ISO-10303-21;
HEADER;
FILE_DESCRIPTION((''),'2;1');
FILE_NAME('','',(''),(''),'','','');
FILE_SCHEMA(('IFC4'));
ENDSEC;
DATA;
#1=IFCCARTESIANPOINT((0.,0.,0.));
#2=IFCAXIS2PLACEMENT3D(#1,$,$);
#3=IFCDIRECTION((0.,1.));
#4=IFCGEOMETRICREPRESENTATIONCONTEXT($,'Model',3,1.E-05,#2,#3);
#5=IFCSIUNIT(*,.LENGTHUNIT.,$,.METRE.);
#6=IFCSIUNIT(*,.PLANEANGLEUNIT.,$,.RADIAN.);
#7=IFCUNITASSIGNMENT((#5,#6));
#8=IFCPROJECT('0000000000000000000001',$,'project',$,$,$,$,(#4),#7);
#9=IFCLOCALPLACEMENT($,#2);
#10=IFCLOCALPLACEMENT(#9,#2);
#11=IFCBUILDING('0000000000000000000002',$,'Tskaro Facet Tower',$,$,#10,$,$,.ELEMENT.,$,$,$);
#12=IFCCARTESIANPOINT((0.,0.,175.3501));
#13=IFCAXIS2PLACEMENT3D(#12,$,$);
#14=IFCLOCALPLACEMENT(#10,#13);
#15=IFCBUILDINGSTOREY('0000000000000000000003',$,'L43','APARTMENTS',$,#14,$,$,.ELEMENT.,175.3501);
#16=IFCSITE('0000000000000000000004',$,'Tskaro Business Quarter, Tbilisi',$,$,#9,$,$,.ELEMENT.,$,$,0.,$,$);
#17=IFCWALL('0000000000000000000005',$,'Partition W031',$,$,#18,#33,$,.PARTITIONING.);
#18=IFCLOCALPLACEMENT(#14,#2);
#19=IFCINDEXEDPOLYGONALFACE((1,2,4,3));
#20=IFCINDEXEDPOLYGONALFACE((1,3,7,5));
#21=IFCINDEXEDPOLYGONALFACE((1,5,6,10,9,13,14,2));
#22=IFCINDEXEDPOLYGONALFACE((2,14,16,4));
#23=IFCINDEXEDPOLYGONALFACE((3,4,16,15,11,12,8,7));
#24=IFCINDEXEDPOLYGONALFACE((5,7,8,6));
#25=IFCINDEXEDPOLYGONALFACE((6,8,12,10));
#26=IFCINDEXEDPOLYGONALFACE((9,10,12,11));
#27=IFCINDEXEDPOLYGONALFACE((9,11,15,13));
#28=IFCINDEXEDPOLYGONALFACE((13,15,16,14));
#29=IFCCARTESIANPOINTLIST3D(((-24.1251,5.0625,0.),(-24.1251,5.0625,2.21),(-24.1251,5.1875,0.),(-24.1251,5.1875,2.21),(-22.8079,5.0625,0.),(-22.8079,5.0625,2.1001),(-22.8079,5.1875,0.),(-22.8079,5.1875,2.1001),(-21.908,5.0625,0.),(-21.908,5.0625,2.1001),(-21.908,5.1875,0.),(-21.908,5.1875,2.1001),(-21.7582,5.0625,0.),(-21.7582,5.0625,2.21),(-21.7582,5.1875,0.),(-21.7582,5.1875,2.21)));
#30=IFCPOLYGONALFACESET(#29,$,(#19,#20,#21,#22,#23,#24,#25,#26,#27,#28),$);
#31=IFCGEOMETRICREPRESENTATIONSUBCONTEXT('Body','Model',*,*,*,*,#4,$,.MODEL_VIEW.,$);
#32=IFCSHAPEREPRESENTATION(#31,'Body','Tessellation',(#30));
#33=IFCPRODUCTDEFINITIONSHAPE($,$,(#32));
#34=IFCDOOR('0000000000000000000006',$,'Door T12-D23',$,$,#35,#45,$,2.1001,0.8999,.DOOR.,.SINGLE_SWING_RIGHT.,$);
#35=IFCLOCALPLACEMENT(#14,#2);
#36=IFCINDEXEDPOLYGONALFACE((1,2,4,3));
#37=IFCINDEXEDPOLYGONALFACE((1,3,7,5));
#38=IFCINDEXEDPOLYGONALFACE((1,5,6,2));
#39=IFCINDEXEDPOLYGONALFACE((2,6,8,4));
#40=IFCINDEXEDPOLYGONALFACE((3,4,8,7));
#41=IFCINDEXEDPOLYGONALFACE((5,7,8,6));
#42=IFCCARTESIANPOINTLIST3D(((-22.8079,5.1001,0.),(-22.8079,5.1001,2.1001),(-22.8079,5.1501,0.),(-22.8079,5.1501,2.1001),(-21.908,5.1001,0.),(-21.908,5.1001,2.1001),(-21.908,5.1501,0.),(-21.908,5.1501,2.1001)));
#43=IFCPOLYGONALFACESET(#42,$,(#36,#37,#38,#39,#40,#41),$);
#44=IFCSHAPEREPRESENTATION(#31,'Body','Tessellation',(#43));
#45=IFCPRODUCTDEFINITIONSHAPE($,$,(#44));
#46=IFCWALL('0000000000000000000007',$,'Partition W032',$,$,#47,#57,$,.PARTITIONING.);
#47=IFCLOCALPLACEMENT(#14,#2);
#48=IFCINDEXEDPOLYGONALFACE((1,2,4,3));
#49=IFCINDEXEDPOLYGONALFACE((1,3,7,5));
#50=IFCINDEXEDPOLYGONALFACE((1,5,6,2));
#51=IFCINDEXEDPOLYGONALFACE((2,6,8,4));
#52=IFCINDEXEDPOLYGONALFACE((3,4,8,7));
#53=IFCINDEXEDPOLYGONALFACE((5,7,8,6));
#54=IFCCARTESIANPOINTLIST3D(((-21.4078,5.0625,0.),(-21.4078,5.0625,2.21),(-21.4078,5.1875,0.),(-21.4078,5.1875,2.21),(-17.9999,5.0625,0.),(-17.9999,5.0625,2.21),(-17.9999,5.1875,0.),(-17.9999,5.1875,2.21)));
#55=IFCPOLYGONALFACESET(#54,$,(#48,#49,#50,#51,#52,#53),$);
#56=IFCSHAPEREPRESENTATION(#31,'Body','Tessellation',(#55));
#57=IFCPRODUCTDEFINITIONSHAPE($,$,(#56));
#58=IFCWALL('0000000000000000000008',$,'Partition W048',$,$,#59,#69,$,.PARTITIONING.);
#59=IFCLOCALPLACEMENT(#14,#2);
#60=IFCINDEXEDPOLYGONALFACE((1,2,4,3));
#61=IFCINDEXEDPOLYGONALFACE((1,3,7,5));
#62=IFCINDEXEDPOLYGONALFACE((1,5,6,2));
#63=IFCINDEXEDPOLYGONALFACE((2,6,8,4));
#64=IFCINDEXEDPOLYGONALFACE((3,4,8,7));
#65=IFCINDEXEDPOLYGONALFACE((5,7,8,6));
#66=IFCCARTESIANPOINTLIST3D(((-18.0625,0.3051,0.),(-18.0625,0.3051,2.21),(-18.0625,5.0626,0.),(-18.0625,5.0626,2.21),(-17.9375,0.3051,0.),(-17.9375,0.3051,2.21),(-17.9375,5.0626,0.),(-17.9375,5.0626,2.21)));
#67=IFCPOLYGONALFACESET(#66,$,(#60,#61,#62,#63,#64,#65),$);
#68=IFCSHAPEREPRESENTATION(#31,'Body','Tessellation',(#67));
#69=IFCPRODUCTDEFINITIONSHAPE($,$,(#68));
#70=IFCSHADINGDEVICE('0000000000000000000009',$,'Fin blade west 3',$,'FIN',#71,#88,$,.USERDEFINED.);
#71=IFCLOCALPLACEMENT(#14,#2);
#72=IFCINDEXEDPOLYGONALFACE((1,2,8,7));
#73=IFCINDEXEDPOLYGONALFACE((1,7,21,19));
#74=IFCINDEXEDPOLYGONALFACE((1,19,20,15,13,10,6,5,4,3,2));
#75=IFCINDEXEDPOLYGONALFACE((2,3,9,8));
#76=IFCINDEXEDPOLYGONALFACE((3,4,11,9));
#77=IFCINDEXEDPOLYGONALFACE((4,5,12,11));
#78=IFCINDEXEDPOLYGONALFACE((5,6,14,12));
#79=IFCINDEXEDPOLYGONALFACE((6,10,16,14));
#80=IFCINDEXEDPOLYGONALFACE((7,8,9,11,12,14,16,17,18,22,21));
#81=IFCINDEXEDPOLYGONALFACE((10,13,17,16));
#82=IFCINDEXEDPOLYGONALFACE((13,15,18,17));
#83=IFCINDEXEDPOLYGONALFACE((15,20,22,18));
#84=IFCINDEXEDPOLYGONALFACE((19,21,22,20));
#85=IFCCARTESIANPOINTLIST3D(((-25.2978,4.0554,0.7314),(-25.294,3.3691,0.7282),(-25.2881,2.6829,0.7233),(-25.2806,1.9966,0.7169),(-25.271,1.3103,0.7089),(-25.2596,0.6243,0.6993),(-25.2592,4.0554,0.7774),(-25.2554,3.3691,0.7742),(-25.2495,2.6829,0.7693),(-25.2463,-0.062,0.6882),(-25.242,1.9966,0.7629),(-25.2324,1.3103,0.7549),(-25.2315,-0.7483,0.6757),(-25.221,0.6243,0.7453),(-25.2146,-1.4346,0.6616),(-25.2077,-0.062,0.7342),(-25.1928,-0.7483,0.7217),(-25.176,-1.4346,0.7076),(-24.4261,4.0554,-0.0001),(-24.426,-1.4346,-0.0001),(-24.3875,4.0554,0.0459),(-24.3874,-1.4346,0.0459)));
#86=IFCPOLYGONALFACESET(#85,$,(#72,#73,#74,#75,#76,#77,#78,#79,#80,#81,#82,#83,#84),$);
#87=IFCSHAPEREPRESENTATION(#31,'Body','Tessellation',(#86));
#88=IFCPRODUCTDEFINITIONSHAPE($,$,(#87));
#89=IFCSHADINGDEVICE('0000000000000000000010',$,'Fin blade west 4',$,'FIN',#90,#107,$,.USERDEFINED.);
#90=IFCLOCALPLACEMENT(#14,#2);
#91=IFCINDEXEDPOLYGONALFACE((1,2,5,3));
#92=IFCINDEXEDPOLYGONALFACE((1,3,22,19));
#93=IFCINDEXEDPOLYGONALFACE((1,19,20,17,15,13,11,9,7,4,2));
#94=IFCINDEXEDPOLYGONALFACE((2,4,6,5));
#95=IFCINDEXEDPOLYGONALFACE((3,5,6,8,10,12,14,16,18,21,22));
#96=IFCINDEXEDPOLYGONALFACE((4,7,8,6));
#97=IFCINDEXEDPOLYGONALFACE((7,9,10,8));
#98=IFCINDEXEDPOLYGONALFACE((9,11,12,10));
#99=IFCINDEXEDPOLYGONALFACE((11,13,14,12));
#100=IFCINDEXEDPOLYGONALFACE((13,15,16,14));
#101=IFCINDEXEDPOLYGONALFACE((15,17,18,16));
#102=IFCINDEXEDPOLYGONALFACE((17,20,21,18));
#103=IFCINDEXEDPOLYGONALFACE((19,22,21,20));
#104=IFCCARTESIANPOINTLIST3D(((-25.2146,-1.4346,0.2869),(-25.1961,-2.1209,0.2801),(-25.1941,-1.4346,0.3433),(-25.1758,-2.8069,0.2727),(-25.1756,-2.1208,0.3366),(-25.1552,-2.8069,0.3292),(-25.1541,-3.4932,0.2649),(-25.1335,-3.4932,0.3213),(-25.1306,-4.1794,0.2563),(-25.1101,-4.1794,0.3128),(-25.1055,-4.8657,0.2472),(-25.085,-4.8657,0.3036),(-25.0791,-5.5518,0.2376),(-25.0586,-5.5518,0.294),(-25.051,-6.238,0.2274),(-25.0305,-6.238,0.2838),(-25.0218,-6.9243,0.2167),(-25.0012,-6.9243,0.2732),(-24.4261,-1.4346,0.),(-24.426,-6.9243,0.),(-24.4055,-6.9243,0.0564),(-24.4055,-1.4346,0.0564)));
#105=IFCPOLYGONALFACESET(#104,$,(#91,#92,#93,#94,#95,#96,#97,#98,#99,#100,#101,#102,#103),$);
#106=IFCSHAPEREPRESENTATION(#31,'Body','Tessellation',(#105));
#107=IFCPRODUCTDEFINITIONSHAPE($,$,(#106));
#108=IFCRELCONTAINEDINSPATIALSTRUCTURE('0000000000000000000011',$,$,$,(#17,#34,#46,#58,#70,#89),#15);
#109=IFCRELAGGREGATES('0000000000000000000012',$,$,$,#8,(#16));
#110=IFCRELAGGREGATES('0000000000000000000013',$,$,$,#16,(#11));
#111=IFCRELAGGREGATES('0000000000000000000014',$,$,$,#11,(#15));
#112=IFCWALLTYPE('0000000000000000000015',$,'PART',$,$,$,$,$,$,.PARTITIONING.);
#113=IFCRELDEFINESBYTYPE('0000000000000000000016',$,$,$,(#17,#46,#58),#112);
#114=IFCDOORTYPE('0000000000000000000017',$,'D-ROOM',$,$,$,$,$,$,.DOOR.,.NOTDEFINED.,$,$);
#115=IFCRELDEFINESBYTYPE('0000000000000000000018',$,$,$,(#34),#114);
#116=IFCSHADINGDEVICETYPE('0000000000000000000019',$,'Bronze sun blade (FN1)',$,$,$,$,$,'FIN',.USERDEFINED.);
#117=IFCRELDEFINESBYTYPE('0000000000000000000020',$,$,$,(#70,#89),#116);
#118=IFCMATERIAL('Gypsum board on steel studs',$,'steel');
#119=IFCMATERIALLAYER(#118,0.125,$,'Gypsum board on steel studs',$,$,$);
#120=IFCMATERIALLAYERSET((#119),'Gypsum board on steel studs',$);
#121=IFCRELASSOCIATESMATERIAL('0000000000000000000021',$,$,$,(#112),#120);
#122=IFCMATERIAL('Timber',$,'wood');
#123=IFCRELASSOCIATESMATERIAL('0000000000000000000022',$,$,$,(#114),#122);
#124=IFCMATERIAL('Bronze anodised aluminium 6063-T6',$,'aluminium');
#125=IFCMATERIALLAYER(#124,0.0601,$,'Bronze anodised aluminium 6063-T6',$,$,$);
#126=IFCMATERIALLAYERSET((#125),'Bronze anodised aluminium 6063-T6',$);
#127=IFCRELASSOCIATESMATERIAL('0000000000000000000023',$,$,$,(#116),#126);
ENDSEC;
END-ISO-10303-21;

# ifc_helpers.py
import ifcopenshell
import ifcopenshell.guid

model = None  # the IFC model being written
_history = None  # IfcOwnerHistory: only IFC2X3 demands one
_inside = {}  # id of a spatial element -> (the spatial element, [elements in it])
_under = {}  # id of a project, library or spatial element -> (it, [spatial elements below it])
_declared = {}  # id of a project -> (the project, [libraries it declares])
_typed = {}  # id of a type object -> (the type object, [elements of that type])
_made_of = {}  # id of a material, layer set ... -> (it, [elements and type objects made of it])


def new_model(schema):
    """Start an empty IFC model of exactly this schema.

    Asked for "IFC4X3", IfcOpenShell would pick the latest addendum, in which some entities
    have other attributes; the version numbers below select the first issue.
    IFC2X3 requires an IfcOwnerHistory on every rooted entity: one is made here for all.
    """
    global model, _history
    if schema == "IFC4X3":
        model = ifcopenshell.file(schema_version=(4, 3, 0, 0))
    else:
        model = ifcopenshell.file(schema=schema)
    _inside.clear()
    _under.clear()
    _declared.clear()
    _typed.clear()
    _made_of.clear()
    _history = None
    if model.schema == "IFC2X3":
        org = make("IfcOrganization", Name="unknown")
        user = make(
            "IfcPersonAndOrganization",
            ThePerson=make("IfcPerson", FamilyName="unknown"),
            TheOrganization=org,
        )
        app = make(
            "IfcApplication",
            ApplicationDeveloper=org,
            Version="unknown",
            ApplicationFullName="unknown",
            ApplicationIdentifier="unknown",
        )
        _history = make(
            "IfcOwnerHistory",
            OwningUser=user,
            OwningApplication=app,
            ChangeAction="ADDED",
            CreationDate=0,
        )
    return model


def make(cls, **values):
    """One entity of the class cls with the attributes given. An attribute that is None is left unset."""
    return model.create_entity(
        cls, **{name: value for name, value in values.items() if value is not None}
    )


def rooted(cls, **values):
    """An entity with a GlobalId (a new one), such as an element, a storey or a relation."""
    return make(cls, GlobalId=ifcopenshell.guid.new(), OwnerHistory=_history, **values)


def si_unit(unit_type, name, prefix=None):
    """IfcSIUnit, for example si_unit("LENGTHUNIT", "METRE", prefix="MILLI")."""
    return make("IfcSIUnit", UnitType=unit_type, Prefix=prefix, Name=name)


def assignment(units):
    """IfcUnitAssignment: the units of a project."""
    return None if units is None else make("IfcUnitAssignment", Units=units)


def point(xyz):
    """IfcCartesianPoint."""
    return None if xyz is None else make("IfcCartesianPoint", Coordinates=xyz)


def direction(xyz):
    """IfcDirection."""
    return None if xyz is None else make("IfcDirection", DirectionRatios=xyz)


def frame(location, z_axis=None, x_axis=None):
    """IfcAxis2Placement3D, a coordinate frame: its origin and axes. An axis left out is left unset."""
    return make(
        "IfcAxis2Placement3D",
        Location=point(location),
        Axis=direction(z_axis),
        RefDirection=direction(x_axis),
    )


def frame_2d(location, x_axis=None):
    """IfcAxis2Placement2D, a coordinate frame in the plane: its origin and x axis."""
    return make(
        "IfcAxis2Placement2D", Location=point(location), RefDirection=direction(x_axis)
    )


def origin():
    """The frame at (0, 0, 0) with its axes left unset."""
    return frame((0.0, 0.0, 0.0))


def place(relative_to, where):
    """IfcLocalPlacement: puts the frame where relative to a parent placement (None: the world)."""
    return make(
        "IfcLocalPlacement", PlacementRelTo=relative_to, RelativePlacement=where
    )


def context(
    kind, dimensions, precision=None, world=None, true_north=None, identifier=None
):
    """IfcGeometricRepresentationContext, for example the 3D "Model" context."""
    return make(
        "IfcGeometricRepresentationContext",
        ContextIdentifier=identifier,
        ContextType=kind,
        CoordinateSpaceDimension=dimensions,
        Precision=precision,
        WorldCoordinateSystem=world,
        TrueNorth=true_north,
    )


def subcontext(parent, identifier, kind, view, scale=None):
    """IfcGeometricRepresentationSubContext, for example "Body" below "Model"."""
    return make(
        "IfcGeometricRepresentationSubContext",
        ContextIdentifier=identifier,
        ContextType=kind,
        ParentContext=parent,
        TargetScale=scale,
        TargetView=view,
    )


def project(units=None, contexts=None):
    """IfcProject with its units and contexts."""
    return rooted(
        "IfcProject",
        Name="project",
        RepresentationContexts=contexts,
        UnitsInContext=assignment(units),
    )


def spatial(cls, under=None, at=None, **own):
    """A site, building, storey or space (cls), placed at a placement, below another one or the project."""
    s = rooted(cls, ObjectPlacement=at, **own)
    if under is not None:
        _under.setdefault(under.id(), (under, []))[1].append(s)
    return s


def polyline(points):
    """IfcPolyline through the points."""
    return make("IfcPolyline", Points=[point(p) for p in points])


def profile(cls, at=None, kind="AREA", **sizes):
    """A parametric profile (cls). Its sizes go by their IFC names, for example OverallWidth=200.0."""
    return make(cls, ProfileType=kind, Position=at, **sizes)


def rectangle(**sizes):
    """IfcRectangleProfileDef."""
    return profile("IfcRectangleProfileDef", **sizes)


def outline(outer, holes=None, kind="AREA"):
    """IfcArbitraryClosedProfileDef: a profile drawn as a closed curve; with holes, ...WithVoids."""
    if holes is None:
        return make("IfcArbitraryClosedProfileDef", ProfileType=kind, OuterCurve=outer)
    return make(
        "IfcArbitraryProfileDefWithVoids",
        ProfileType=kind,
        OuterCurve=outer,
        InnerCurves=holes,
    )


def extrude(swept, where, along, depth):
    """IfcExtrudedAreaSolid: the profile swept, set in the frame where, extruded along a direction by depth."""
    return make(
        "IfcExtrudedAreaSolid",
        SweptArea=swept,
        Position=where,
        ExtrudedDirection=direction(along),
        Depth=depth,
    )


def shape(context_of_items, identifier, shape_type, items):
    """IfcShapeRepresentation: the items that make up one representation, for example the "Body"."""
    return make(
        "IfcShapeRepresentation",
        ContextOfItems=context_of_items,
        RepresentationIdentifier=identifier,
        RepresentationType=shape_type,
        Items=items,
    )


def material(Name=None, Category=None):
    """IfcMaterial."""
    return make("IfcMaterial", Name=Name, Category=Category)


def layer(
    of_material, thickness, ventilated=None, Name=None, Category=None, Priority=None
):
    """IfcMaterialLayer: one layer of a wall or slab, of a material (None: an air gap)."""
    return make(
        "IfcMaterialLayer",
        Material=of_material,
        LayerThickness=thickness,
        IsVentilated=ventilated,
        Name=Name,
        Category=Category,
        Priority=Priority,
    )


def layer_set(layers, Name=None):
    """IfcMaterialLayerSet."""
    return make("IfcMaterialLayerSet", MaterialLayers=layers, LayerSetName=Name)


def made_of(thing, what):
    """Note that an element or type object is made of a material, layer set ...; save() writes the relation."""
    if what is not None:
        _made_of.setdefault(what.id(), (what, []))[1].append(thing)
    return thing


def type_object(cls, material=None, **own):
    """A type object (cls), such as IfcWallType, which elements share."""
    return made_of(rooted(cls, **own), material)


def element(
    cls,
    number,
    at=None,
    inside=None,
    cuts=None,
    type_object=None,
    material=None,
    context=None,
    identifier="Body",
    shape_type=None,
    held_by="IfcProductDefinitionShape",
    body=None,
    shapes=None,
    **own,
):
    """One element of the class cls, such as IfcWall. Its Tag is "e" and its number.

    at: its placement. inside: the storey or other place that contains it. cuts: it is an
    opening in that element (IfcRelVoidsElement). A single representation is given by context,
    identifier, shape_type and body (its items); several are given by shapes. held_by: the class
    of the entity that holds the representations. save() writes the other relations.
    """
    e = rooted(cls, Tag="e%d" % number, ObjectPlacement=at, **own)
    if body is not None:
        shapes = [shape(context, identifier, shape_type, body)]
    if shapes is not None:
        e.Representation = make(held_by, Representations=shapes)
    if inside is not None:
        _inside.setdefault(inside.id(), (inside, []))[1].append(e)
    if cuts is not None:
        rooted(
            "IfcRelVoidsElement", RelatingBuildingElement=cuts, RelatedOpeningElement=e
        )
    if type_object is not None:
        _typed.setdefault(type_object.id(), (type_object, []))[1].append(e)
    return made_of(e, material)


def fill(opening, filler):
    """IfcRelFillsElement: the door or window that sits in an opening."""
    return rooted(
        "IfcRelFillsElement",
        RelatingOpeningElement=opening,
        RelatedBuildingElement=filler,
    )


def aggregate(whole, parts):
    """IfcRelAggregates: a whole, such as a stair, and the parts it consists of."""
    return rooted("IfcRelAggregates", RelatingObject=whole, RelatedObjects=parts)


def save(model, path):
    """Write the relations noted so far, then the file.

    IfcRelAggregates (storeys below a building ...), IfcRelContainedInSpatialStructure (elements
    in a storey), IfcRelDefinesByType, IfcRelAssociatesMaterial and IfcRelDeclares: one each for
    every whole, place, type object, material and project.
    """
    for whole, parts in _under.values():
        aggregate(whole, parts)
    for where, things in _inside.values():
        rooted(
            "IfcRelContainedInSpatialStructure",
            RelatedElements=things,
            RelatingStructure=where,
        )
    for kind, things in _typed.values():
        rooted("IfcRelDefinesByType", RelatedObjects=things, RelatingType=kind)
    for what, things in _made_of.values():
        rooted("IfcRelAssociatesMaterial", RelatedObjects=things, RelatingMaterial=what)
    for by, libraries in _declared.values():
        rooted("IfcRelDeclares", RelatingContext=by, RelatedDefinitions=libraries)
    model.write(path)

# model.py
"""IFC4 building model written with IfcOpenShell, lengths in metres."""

from ifc_helpers import new_model, si_unit, direction, frame, frame_2d, origin, place, context, subcontext, project, spatial, polyline, rectangle, outline, extrude, material, layer, layer_set, type_object, element, fill, save


model = new_model("IFC4")

# Units and contexts
model_context = context("Model", 3, precision=1e-05, world=origin(), true_north=direction((0.0, 1.0)))
body_context = subcontext(model_context, "Body", "Model", "MODEL_VIEW")
ifc_project = project(units=[si_unit("LENGTHUNIT", "METRE"), si_unit("PLANEANGLEUNIT", "RADIAN")], contexts=[model_context])

# Site, building, storey
site_placement = place(None, origin())
site = spatial("IfcSite", under=ifc_project, at=site_placement, Name="Tskaro Business Quarter, Tbilisi", CompositionType="ELEMENT", RefElevation=0.0)
building_placement = place(site_placement, origin())
building = spatial("IfcBuilding", under=site, at=building_placement, Name="Tskaro Facet Tower", CompositionType="ELEMENT")
storey_placement = place(building_placement, frame((0.0, 0.0, 175.3501)))
storey = spatial("IfcBuildingStorey", under=building, at=storey_placement, Name="L43", Description="APARTMENTS", CompositionType="ELEMENT", Elevation=175.3501)

# Shared definitions
ifc_material_1 = material(Name="Bronze anodised aluminium 6063-T6", Category="aluminium")

# Wall, opening, door
ifc_material_2 = material(Name="Gypsum board on steel studs", Category="steel")
ifc_layer_1 = layer(ifc_material_2, 0.125, Name="Gypsum board on steel studs")
ifc_layer_set_1 = layer_set([ifc_layer_1], Name="Gypsum board on steel studs")
wall_type = type_object("IfcWallType", Name="PART", PredefinedType="PARTITIONING", material=ifc_layer_set_1)
wall_1_placement = place(storey_placement, frame((-21.7581, 5.125, 0.0), z_axis=(0.0, 0.0, 1.0), x_axis=(-1.0, 0.0, 0.0)))
wall_1 = element("IfcWall", 1, at=wall_1_placement, inside=storey, type_object=wall_type, Name="Partition W031", PredefinedType="PARTITIONING", context=body_context, shape_type="SweptSolid", body=[
    extrude(rectangle(XDim=2.3669, YDim=0.125, at=frame_2d((1.1836, 0.0))), origin(), (0.0, 0.0, 1.0), 2.21),
])
opening_placement = place(wall_1_placement, frame((0.1499, 0.0, 0.0)))
opening = element("IfcOpeningElement", 2, at=opening_placement, cuts=wall_1, PredefinedType="OPENING", context=body_context, shape_type="SweptSolid", body=[
    extrude(rectangle(XDim=0.8999, YDim=2.1001, at=frame_2d((0.45, 1.05))), frame((0.0, 0.0725, 0.0), z_axis=(0.0, -1.0, 0.0), x_axis=(1.0, 0.0, 0.0)), (0.0, 0.0, 1.0), 0.145),
])
ifc_material_3 = material(Name="Timber", Category="wood")
door_type = type_object("IfcDoorType", Name="D-ROOM", OperationType="NOTDEFINED", PredefinedType="DOOR", material=ifc_material_3)
door_placement = place(opening_placement, origin())
door = element("IfcDoor", 3, at=door_placement, inside=storey, type_object=door_type, Name="Door T12-D23", OperationType="SINGLE_SWING_RIGHT", OverallHeight=2.1001, OverallWidth=0.8999, PredefinedType="DOOR", context=body_context, shape_type="SweptSolid", body=[
    extrude(rectangle(XDim=0.8999, YDim=2.1001, at=frame_2d((0.45, 1.05))), frame((0.0, 0.0249, 0.0), z_axis=(0.0, -1.0, 0.0), x_axis=(1.0, 0.0, 0.0)), (0.0, 0.0, 1.0), 0.05),
])
fill(opening, door)

# Walls
wall_2_placement = place(storey_placement, frame((-21.408, 5.125, 0.0), z_axis=(0.0, 0.0, 1.0), x_axis=(1.0, 0.0, 0.0)))
element("IfcWall", 4, at=wall_2_placement, inside=storey, type_object=wall_type, Name="Partition W032", PredefinedType="PARTITIONING", context=body_context, shape_type="SweptSolid", body=[
    extrude(rectangle(XDim=3.408, YDim=0.125, at=frame_2d((1.7041, 0.0))), origin(), (0.0, 0.0, 1.0), 2.21),
])
wall_3_placement = place(storey_placement, frame((-18.0, 0.3049, 0.0), z_axis=(0.0, 0.0, 1.0), x_axis=(0.0, 1.0, 0.0)))
element("IfcWall", 5, at=wall_3_placement, inside=storey, type_object=wall_type, Name="Partition W048", PredefinedType="PARTITIONING", context=body_context, shape_type="SweptSolid", body=[
    extrude(rectangle(XDim=4.7576, YDim=0.125, at=frame_2d((2.3789, 0.0))), origin(), (0.0, 0.0, 1.0), 2.21),
])

# Shading devices
ifc_layer_2 = layer(ifc_material_1, 0.0601, Name="Bronze anodised aluminium 6063-T6")
ifc_layer_set_2 = layer_set([ifc_layer_2], Name="Bronze anodised aluminium 6063-T6")
shading_device_type = type_object("IfcShadingDeviceType", Name="Bronze sun blade (FN1)", ElementType="FIN", PredefinedType="USERDEFINED", material=ifc_layer_set_2)
shading_device_1_placement = place(storey_placement, frame((-24.3875, 4.0554, 0.0459), z_axis=(0.64278, 0.000003, 0.76605), x_axis=(0.000002, -1.0, 0.000002)))
element("IfcShadingDevice", 6, at=shading_device_1_placement, inside=storey, type_object=shading_device_type, Name="Fin blade west 3", ObjectType="FIN", PredefinedType="USERDEFINED", context=body_context, shape_type="SweptSolid", body=[
    extrude(outline(polyline([(0.0, 0.0), (5.49, 0.0), (5.49, -1.0294), (4.8037, -1.0514), (4.1174, -1.0708), (3.4312, -1.0881), (2.7451, -1.103), (2.0588, -1.1155), (1.3726, -1.1254), (0.6863, -1.133), (0.0, -1.138), (0.0, 0.0)])), origin(), (0.0, 0.0, -1.0), 0.0601),
])
shading_device_2_placement = place(storey_placement, frame((-24.4055, -1.4346, 0.0564), z_axis=(0.341906, 0.000009, 0.939734), x_axis=(0.000003, -1.0, 0.000008)))
element("IfcShadingDevice", 7, at=shading_device_2_placement, inside=storey, type_object=shading_device_type, Name="Fin blade west 4", ObjectType="FIN", PredefinedType="USERDEFINED", context=body_context, shape_type="SweptSolid", body=[
    extrude(outline(polyline([(0.0, 0.0), (5.4897, 0.0), (5.4897, -0.6339), (4.8035, -0.665), (4.1172, -0.6949), (3.4312, -0.7231), (2.7449, -0.7498), (2.0586, -0.7747), (1.3723, -0.7978), (0.6863, -0.8194), (0.0, -0.8391), (0.0, 0.0)])), origin(), (0.0, 0.0, -1.0), 0.0601),
])

save(model, "model.ifc")
